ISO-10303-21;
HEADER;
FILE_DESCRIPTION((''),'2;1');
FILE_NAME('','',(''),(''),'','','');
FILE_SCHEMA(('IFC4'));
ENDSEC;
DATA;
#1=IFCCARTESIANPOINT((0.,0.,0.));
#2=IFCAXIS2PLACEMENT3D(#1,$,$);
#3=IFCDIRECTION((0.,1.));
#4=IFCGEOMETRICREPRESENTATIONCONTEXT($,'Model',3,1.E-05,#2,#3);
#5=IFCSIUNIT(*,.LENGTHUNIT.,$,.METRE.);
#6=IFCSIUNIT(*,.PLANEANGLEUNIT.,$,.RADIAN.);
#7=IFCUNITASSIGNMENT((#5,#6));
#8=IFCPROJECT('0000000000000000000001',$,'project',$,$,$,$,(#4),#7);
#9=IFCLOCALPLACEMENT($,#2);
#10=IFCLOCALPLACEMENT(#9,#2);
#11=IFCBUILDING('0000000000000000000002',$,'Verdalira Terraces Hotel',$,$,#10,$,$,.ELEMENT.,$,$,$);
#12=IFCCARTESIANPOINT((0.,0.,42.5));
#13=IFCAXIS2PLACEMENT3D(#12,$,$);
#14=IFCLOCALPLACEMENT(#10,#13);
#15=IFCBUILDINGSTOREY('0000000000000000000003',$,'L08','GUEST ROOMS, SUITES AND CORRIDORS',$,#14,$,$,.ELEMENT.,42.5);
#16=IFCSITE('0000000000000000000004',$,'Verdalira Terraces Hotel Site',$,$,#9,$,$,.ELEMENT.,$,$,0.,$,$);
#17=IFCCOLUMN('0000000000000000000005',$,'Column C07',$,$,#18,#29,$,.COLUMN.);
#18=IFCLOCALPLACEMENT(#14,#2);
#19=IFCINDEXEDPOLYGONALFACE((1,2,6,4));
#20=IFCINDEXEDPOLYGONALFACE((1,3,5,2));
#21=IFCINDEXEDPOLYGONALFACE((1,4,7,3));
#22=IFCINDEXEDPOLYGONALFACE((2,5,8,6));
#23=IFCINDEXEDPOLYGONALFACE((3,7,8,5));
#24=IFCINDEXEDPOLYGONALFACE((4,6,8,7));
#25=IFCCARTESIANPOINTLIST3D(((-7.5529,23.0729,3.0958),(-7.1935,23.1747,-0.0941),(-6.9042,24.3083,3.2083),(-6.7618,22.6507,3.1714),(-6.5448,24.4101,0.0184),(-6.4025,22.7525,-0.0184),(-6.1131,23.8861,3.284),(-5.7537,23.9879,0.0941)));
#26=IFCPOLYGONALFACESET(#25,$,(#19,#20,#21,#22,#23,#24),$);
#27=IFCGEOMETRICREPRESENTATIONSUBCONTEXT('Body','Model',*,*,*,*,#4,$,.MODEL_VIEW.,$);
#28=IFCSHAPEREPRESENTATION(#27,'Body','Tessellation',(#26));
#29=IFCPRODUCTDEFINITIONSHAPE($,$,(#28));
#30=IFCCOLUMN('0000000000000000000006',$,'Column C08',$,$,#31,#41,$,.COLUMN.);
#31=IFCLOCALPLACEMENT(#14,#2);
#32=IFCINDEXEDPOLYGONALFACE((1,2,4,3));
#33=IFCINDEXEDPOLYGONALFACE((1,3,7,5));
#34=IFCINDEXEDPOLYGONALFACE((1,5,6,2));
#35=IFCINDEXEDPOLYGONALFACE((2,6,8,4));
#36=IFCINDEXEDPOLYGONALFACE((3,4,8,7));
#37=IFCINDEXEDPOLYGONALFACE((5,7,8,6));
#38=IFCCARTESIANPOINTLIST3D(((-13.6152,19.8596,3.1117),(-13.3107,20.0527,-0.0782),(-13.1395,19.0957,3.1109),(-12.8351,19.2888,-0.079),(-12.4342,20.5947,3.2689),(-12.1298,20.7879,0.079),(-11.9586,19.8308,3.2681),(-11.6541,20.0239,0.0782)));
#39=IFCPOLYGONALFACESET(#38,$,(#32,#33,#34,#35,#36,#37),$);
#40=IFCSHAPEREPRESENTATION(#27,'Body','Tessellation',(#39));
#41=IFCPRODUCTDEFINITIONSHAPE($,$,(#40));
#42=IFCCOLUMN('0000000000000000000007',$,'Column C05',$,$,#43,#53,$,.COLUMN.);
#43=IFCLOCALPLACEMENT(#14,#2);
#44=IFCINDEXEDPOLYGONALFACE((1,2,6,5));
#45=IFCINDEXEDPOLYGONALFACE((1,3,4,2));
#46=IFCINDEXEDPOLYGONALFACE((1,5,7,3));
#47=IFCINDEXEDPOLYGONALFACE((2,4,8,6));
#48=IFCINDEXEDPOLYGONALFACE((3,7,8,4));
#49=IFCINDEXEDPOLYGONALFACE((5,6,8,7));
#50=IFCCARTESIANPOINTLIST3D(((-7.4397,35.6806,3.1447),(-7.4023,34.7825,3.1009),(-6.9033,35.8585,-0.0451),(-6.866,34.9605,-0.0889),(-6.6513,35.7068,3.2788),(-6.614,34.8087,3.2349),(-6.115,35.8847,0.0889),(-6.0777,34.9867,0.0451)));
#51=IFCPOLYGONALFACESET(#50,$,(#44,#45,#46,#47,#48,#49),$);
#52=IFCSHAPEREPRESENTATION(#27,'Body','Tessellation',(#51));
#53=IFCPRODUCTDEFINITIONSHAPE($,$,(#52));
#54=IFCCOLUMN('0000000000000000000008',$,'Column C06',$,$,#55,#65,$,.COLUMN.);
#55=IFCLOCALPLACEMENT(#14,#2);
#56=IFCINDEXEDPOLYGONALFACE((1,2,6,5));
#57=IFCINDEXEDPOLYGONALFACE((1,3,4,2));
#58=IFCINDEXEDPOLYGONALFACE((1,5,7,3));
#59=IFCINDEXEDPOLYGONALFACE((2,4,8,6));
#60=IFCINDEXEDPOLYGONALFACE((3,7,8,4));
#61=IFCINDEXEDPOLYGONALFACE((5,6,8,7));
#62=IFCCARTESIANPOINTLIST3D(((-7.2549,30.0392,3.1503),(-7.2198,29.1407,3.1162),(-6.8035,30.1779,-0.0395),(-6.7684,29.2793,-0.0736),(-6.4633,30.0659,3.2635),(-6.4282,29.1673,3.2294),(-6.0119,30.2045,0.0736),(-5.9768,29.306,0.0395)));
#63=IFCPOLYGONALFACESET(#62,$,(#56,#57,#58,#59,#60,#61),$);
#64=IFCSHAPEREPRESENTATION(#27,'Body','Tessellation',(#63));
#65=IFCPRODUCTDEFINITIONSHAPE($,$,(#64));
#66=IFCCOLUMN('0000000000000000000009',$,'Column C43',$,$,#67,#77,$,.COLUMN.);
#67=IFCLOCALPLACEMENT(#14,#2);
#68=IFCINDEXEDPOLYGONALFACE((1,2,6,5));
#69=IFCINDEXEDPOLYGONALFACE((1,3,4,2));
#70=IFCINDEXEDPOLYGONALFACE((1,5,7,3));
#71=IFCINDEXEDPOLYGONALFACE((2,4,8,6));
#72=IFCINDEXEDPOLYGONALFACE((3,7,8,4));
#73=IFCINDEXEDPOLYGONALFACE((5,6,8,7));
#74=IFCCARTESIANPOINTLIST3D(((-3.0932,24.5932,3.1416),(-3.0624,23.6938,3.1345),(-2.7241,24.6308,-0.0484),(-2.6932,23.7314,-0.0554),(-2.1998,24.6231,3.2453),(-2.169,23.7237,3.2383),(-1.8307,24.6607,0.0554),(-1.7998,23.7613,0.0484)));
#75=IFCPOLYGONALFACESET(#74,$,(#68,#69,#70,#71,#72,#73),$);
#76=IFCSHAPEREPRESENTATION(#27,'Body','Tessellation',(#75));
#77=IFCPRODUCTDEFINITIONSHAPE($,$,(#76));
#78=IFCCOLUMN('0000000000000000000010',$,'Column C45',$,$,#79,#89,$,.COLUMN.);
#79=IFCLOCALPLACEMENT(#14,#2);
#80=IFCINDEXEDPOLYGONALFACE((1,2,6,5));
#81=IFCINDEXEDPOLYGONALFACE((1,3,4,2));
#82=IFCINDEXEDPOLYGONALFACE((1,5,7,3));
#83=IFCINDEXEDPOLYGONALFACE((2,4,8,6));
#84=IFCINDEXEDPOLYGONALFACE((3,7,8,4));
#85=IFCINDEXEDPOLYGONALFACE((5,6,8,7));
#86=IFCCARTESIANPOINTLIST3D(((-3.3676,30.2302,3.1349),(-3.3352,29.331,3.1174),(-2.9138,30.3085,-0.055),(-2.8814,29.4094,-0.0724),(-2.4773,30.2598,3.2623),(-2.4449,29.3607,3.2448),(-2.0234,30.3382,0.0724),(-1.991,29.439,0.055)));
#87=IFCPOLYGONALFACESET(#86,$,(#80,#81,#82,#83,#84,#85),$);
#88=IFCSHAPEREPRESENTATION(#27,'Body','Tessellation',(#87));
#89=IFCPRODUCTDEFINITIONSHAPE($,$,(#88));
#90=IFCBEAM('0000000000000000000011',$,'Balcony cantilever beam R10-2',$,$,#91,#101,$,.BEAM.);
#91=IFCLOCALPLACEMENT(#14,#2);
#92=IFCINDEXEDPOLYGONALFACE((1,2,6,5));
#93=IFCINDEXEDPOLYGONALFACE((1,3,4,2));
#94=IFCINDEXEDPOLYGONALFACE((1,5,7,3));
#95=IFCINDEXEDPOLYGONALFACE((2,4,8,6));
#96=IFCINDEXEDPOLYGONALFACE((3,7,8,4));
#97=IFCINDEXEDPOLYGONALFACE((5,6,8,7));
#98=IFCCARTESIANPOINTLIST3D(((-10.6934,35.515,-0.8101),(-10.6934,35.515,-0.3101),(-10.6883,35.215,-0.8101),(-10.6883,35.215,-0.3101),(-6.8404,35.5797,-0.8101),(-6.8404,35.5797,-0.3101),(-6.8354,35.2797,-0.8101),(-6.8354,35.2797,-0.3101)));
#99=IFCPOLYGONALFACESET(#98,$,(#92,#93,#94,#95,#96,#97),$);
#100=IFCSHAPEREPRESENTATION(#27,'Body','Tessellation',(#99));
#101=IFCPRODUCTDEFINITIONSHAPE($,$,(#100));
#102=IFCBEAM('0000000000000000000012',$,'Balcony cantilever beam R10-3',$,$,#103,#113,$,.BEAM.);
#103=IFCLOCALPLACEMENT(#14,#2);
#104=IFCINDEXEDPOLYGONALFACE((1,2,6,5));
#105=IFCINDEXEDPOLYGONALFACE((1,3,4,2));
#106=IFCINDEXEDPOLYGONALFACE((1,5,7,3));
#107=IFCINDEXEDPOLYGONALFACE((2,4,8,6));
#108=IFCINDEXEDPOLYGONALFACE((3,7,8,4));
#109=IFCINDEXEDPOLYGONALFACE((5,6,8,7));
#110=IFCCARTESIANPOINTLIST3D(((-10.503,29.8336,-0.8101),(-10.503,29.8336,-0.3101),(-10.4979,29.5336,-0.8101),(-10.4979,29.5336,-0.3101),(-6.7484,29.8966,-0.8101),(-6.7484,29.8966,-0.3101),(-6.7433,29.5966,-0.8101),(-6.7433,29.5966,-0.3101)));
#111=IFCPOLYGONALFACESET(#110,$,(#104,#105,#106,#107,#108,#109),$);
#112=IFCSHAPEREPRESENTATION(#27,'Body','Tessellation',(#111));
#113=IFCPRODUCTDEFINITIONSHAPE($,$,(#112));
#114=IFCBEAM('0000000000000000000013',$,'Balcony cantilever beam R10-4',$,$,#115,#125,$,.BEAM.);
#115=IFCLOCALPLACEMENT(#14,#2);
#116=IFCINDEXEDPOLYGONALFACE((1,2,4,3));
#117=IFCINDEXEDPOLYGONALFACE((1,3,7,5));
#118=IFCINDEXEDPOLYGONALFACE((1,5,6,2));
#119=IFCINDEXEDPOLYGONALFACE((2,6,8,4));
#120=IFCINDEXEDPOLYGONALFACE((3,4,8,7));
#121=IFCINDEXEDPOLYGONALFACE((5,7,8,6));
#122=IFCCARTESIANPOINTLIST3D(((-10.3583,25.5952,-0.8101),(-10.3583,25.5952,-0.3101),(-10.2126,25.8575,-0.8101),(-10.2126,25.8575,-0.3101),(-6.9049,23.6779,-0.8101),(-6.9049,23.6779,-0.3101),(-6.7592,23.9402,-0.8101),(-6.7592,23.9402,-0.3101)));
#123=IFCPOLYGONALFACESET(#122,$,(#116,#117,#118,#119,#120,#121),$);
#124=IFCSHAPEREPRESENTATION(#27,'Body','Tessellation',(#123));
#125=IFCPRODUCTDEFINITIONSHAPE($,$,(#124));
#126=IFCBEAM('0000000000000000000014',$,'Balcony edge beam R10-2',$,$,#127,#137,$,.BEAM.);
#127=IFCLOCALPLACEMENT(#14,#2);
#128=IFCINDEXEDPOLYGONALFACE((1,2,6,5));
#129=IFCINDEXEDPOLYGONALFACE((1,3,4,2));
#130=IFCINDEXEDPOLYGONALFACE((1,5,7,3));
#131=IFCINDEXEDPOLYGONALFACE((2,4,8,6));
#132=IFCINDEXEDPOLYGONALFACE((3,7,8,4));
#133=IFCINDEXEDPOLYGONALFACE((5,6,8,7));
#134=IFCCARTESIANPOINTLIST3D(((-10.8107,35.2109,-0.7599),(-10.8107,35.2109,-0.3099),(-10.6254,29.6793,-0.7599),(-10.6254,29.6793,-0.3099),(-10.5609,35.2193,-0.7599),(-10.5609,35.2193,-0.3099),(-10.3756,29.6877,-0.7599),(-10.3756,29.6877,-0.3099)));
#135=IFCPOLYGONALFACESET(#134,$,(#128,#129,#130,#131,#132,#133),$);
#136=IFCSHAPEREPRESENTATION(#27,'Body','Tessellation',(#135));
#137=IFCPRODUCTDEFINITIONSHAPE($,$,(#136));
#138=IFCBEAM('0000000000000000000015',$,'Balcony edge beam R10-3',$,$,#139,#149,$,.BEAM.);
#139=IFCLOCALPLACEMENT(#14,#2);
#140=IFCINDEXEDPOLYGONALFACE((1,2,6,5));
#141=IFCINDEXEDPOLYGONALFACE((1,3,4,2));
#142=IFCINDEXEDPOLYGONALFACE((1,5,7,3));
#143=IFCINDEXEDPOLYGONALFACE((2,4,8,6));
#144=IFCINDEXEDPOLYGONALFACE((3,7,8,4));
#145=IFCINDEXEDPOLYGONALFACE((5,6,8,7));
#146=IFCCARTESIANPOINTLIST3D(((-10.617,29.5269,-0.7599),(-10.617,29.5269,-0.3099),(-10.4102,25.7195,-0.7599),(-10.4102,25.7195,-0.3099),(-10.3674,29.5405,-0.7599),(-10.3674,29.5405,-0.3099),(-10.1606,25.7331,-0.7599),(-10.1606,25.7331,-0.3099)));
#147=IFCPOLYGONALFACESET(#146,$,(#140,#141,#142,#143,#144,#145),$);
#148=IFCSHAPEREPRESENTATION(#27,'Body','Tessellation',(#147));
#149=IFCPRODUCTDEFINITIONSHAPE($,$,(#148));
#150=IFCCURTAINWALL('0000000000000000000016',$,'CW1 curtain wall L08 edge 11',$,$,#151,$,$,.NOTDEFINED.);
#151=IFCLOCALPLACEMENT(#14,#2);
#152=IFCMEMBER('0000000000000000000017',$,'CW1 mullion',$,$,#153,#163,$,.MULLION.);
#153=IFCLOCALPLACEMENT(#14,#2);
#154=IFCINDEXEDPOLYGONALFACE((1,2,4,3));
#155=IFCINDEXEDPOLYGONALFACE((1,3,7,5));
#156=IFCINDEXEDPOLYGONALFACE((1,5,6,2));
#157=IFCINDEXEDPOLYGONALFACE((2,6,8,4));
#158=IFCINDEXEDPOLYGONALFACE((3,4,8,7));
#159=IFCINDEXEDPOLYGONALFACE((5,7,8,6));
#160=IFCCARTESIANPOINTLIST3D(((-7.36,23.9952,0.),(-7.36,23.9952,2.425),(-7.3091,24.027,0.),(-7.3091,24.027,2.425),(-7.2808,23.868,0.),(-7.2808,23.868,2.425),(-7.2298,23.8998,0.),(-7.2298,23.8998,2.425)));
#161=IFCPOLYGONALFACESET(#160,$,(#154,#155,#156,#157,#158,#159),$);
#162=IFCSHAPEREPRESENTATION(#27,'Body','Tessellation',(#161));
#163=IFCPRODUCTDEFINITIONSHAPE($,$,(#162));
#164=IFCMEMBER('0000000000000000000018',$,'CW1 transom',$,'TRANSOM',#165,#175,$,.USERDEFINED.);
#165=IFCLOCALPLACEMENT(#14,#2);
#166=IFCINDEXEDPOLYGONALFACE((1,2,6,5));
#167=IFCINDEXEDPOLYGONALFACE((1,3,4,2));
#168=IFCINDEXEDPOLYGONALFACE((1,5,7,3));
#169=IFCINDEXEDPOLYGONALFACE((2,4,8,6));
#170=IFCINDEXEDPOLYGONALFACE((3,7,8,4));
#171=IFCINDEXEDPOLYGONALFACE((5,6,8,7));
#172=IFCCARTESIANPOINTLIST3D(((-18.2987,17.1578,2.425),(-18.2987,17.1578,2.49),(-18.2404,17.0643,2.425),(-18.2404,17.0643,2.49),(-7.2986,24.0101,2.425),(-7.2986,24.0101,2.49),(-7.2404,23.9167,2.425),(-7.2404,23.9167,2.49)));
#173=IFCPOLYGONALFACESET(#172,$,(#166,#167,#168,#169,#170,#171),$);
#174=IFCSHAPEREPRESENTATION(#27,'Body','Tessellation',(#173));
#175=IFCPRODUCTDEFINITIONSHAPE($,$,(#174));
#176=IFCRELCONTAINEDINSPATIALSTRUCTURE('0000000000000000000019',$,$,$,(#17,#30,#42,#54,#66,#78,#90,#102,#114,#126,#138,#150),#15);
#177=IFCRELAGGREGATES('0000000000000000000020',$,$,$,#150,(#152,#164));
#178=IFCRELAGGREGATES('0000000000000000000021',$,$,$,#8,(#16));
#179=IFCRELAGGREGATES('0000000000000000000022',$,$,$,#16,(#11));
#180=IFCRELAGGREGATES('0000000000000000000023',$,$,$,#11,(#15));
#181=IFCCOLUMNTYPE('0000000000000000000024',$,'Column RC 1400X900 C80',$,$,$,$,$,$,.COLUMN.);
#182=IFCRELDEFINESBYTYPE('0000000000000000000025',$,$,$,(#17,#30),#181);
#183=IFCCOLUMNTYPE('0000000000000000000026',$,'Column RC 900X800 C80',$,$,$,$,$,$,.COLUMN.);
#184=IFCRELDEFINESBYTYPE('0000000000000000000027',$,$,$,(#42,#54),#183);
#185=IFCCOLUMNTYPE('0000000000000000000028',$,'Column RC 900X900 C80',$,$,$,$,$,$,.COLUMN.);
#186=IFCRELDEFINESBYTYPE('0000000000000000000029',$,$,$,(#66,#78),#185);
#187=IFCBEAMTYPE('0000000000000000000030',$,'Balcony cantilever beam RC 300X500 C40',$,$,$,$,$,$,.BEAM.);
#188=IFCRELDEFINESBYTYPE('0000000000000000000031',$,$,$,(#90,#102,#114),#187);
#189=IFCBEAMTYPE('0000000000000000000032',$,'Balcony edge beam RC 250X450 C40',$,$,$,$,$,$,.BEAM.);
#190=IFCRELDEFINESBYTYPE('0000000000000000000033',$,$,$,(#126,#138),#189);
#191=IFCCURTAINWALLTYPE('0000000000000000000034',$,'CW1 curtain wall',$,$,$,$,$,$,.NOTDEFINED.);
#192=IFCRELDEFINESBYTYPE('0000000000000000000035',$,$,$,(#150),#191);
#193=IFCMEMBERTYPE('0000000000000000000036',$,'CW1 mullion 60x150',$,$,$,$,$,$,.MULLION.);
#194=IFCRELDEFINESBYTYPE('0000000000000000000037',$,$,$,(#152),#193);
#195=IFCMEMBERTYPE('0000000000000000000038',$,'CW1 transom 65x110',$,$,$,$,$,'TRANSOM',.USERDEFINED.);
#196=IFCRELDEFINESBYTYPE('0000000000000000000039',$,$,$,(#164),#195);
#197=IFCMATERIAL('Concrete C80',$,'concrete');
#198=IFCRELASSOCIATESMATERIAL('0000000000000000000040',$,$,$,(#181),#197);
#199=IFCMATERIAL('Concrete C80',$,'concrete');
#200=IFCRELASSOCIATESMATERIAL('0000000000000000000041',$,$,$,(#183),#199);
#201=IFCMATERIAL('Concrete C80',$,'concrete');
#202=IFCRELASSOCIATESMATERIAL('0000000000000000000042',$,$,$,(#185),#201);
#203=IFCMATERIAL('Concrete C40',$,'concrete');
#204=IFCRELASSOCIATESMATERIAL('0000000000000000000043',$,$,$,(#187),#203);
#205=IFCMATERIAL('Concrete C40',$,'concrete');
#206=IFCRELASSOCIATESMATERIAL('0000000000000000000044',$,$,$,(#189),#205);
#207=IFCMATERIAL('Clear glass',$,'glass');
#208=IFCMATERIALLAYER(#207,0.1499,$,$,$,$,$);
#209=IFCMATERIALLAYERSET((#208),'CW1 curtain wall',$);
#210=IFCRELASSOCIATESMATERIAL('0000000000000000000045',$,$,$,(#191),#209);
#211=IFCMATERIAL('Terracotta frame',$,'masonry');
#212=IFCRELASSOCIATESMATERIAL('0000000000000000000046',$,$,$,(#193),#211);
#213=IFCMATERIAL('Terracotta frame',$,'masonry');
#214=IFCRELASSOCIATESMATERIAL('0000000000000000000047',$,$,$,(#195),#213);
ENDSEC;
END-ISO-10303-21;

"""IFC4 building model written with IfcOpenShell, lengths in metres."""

from ifc_helpers import new_model, si_unit, direction, frame, origin, origin_2d, place, context, subcontext, project, spatial, rectangle, extrude, material, layer, layer_set, material_profile, profile_set, type_object, element, aggregate, save


model = new_model("IFC4")

# Units and contexts
model_context = context("Model", 3, precision=1e-05, world=origin(), true_north=direction((0.0, 1.0)))
body_context = subcontext(model_context, "Body", "Model", "MODEL_VIEW")
ifc_project = project(units=[si_unit("LENGTHUNIT", "METRE"), si_unit("PLANEANGLEUNIT", "RADIAN")], contexts=[model_context])

# Site, building, storey
site_placement = place(None, origin())
site = spatial("IfcSite", under=ifc_project, at=site_placement, Name="Verdalira Terraces Hotel Site", CompositionType="ELEMENT", RefElevation=0.0)
building_placement = place(site_placement, origin())
building = spatial("IfcBuilding", under=site, at=building_placement, Name="Verdalira Terraces Hotel", CompositionType="ELEMENT")
storey_placement = place(building_placement, frame((0.0, 0.0, 42.5)))
storey = spatial("IfcBuildingStorey", under=building, at=storey_placement, Name="L08", Description="GUEST ROOMS, SUITES AND CORRIDORS", CompositionType="ELEMENT", Elevation=42.5)

# Columns
ifc_material_1 = material(Name="Concrete C80", Category="concrete")
ifc_material_profile_1 = material_profile(ifc_material_1, rectangle(XDim=1.3999, YDim=0.8999, at=origin_2d()), Name="RC 1400X900")
ifc_profile_set_1 = profile_set([ifc_material_profile_1], Name="Concrete C80")
column_type_1 = type_object("IfcColumnType", Name="Column RC 1400X900 C80", PredefinedType="COLUMN", material=ifc_profile_set_1)
column_1_placement = place(storey_placement, frame((-6.4736, 23.5813, 0.0), z_axis=(-0.111894, -0.031698, 0.993214), x_axis=(0.46341, 0.882491, 0.080372)))
element("IfcColumn", 1, at=column_1_placement, inside=storey, type_object=column_type_1, Name="Column C07", PredefinedType="COLUMN", context=body_context, shape_type="SweptSolid", body=[
    extrude(rectangle(XDim=1.3999, YDim=0.8999, at=origin_2d()), origin(), (0.0, 0.0, 1.0), 3.2117),
])
column_2_placement = place(storey_placement, frame((-12.4824, 20.0383, 0.0), z_axis=(-0.094835, -0.060156, 0.993674), x_axis=(-0.843586, -0.525121, -0.112301)))
element("IfcColumn", 2, at=column_2_placement, inside=storey, type_object=column_type_1, Name="Column C08", PredefinedType="COLUMN", context=body_context, shape_type="SweptSolid", body=[
    extrude(rectangle(XDim=1.3999, YDim=0.8999, at=origin_2d()), origin(), (0.0, 0.0, 1.0), 3.2102),
])
ifc_material_2 = material(Name="Concrete C80", Category="concrete")
ifc_material_profile_2 = material_profile(ifc_material_2, rectangle(XDim=0.8999, YDim=0.8, at=origin_2d()), Name="RC 900X800")
ifc_profile_set_2 = profile_set([ifc_material_profile_2], Name="Concrete C80")
column_type_2 = type_object("IfcColumnType", Name="Column RC 900X800 C80", PredefinedType="COLUMN", material=ifc_profile_set_2)
column_3_placement = place(storey_placement, frame((-6.4905, 35.4226, 0.0), z_axis=(-0.165568, -0.054938, 0.984667), x_axis=(0.04147, -0.997952, -0.048706)))
element("IfcColumn", 3, at=column_3_placement, inside=storey, type_object=column_type_2, Name="Column C05", PredefinedType="COLUMN", context=body_context, shape_type="SweptSolid", body=[
    extrude(rectangle(XDim=0.8999, YDim=0.8, at=origin_2d()), origin(), (0.0, 0.0, 1.0), 3.2395),
])
column_4_placement = place(storey_placement, frame((-6.3901, 29.7419, 0.0), z_axis=(-0.139987, -0.043003, 0.989219), x_axis=(0.039027, -0.99852, -0.037884)))
element("IfcColumn", 4, at=column_4_placement, inside=storey, type_object=column_type_2, Name="Column C06", PredefinedType="COLUMN", context=body_context, shape_type="SweptSolid", body=[
    extrude(rectangle(XDim=0.8999, YDim=0.8, at=origin_2d()), origin(), (0.0, 0.0, 1.0), 3.2246),
])
ifc_material_3 = material(Name="Concrete C80", Category="concrete")
ifc_material_profile_3 = material_profile(ifc_material_3, rectangle(XDim=0.8999, YDim=0.8999, at=origin_2d()), Name="RC 900X900")
ifc_profile_set_3 = profile_set([ifc_material_profile_3], Name="Concrete C80")
column_type_3 = type_object("IfcColumnType", Name="Column RC 900X900 C80", PredefinedType="COLUMN", material=ifc_profile_set_3)
column_5_placement = place(storey_placement, frame((-2.262, 24.196, 0.0), z_axis=(-0.114945, -0.011707, 0.993303), x_axis=(-0.034321, 0.99938, 0.007807)))
element("IfcColumn", 5, at=column_5_placement, inside=storey, type_object=column_type_3, Name="Column C43", PredefinedType="COLUMN", context=body_context, shape_type="SweptSolid", body=[
    extrude(rectangle(XDim=0.8999, YDim=0.8999, at=origin_2d()), origin(), (0.0, 0.0, 1.0), 3.2114),
])
column_6_placement = place(storey_placement, frame((-2.4524, 29.8738, 0.0), z_axis=(-0.140817, -0.024315, 0.989737), x_axis=(-0.036027, 0.999162, 0.019421)))
element("IfcColumn", 6, at=column_6_placement, inside=storey, type_object=column_type_3, Name="Column C45", PredefinedType="COLUMN", context=body_context, shape_type="SweptSolid", body=[
    extrude(rectangle(XDim=0.8999, YDim=0.8999, at=origin_2d()), origin(), (0.0, 0.0, 1.0), 3.2229),
])

# Beams
ifc_material_4 = material(Name="Concrete C40", Category="concrete")
ifc_material_profile_4 = material_profile(ifc_material_4, rectangle(XDim=0.3, YDim=0.5, at=origin_2d()), Name="RC 300X500")
ifc_profile_set_4 = profile_set([ifc_material_profile_4], Name="Concrete C40")
beam_type_1 = type_object("IfcBeamType", Name="Balcony cantilever beam RC 300X500 C40", PredefinedType="BEAM", material=ifc_profile_set_4)
beam_1_placement = place(storey_placement, frame((-6.8379, 35.4297, -0.5601), z_axis=(-0.999859, -0.016789, 0.0), x_axis=(0.016789, -0.999859, 0.0)))
element("IfcBeam", 7, at=beam_1_placement, inside=storey, type_object=beam_type_1, Name="Balcony cantilever beam R10-2", PredefinedType="BEAM", context=body_context, shape_type="SweptSolid", body=[
    extrude(rectangle(XDim=0.3, YDim=0.5, at=origin_2d()), origin(), (0.0, 0.0, 1.0), 3.8535),
])
beam_2_placement = place(storey_placement, frame((-6.7458, 29.7466, -0.5601), z_axis=(-0.999859, -0.016774, 0.0), x_axis=(0.016774, -0.999859, 0.0)))
element("IfcBeam", 8, at=beam_2_placement, inside=storey, type_object=beam_type_1, Name="Balcony cantilever beam R10-3", PredefinedType="BEAM", context=body_context, shape_type="SweptSolid", body=[
    extrude(rectangle(XDim=0.3, YDim=0.5, at=origin_2d()), origin(), (0.0, 0.0, 1.0), 3.7551),
])
beam_3_placement = place(storey_placement, frame((-6.832, 23.8091, -0.5601), z_axis=(-0.874297, 0.485391, 0.0), x_axis=(-0.485391, -0.874297, 0.0)))
element("IfcBeam", 9, at=beam_3_placement, inside=storey, type_object=beam_type_1, Name="Balcony cantilever beam R10-4", PredefinedType="BEAM", context=body_context, shape_type="SweptSolid", body=[
    extrude(rectangle(XDim=0.3, YDim=0.5, at=origin_2d()), origin(), (0.0, 0.0, 1.0), 3.95),
])
ifc_material_5 = material(Name="Concrete C40", Category="concrete")
ifc_material_profile_5 = material_profile(ifc_material_5, rectangle(XDim=0.25, YDim=0.45, at=origin_2d()), Name="RC 250X450")
ifc_profile_set_5 = profile_set([ifc_material_profile_5], Name="Concrete C40")
beam_type_2 = type_object("IfcBeamType", Name="Balcony edge beam RC 250X450 C40", PredefinedType="BEAM", material=ifc_profile_set_5)
beam_4_placement = place(storey_placement, frame((-10.6858, 35.2151, -0.5349), z_axis=(0.033481, -0.999439, 0.0), x_axis=(0.999439, 0.033481, 0.0)))
element("IfcBeam", 10, at=beam_4_placement, inside=storey, type_object=beam_type_2, Name="Balcony edge beam R10-2", PredefinedType="BEAM", context=body_context, shape_type="SweptSolid", body=[
    extrude(rectangle(XDim=0.25, YDim=0.45, at=origin_2d()), origin(), (0.0, 0.0, 1.0), 5.5347),
])
beam_5_placement = place(storey_placement, frame((-10.4922, 29.5337, -0.5349), z_axis=(0.054232, -0.998528, 0.0), x_axis=(0.998528, 0.054232, 0.0)))
element("IfcBeam", 11, at=beam_5_placement, inside=storey, type_object=beam_type_2, Name="Balcony edge beam R10-3", PredefinedType="BEAM", context=body_context, shape_type="SweptSolid", body=[
    extrude(rectangle(XDim=0.25, YDim=0.45, at=origin_2d()), origin(), (0.0, 0.0, 1.0), 3.813),
])

# Curtain wall, members
ifc_material_6 = material(Name="Clear glass", Category="glass")
ifc_layer_1 = layer(ifc_material_6, 0.1499)
ifc_layer_set_1 = layer_set([ifc_layer_1], Name="CW1 curtain wall")
curtain_wall_type_1 = type_object("IfcCurtainWallType", Name="CW1 curtain wall", PredefinedType="NOTDEFINED", material=ifc_layer_set_1)
curtain_wall_1_placement = place(storey_placement, origin())
curtain_wall_1 = element("IfcCurtainWall", 12, at=curtain_wall_1_placement, inside=storey, type_object=curtain_wall_type_1, Name="CW1 curtain wall L08 edge 11", PredefinedType="NOTDEFINED")
ifc_material_7 = material(Name="Terracotta frame", Category="masonry")
ifc_material_profile_6 = material_profile(ifc_material_7, rectangle(XDim=0.0601, YDim=0.1499, at=origin_2d()), Name="MU 60x150")
ifc_profile_set_6 = profile_set([ifc_material_profile_6], Name="Terracotta frame")
member_type_1 = type_object("IfcMemberType", Name="CW1 mullion 60x150", PredefinedType="MULLION", material=ifc_profile_set_6)
member_1_placement = place(storey_placement, frame((-7.2949, 23.9475, 0.0), z_axis=(0.0, 0.0, 1.0), x_axis=(-0.848787, -0.528735, 0.0)))
member_1 = element("IfcMember", 13, at=member_1_placement, type_object=member_type_1, Name="CW1 mullion", PredefinedType="MULLION", context=body_context, shape_type="SweptSolid", body=[
    extrude(rectangle(XDim=0.0601, YDim=0.1499, at=origin_2d()), origin(), (0.0, 0.0, 1.0), 2.425),
])
ifc_material_8 = material(Name="Terracotta frame", Category="masonry")
ifc_material_profile_7 = material_profile(ifc_material_8, rectangle(XDim=0.1101, YDim=0.0649, at=origin_2d()), Name="TR 65x110")
ifc_profile_set_7 = profile_set([ifc_material_profile_7], Name="Terracotta frame")
member_type_2 = type_object("IfcMemberType", Name="CW1 transom 65x110", ElementType="TRANSOM", PredefinedType="USERDEFINED", material=ifc_profile_set_7)
member_2_placement = place(storey_placement, frame((-7.2695, 23.9634, 2.4575), z_axis=(-0.848785, -0.528739, 0.0), x_axis=(0.528739, -0.848785, 0.0)))
member_2 = element("IfcMember", 14, at=member_2_placement, type_object=member_type_2, Name="CW1 transom", ObjectType="TRANSOM", PredefinedType="USERDEFINED", context=body_context, shape_type="SweptSolid", body=[
    extrude(rectangle(XDim=0.1101, YDim=0.0649, at=origin_2d()), origin(), (0.0, 0.0, 1.0), 12.9597),
])

aggregate(curtain_wall_1, [member_1, member_2])

save(model, "model.ifc")
